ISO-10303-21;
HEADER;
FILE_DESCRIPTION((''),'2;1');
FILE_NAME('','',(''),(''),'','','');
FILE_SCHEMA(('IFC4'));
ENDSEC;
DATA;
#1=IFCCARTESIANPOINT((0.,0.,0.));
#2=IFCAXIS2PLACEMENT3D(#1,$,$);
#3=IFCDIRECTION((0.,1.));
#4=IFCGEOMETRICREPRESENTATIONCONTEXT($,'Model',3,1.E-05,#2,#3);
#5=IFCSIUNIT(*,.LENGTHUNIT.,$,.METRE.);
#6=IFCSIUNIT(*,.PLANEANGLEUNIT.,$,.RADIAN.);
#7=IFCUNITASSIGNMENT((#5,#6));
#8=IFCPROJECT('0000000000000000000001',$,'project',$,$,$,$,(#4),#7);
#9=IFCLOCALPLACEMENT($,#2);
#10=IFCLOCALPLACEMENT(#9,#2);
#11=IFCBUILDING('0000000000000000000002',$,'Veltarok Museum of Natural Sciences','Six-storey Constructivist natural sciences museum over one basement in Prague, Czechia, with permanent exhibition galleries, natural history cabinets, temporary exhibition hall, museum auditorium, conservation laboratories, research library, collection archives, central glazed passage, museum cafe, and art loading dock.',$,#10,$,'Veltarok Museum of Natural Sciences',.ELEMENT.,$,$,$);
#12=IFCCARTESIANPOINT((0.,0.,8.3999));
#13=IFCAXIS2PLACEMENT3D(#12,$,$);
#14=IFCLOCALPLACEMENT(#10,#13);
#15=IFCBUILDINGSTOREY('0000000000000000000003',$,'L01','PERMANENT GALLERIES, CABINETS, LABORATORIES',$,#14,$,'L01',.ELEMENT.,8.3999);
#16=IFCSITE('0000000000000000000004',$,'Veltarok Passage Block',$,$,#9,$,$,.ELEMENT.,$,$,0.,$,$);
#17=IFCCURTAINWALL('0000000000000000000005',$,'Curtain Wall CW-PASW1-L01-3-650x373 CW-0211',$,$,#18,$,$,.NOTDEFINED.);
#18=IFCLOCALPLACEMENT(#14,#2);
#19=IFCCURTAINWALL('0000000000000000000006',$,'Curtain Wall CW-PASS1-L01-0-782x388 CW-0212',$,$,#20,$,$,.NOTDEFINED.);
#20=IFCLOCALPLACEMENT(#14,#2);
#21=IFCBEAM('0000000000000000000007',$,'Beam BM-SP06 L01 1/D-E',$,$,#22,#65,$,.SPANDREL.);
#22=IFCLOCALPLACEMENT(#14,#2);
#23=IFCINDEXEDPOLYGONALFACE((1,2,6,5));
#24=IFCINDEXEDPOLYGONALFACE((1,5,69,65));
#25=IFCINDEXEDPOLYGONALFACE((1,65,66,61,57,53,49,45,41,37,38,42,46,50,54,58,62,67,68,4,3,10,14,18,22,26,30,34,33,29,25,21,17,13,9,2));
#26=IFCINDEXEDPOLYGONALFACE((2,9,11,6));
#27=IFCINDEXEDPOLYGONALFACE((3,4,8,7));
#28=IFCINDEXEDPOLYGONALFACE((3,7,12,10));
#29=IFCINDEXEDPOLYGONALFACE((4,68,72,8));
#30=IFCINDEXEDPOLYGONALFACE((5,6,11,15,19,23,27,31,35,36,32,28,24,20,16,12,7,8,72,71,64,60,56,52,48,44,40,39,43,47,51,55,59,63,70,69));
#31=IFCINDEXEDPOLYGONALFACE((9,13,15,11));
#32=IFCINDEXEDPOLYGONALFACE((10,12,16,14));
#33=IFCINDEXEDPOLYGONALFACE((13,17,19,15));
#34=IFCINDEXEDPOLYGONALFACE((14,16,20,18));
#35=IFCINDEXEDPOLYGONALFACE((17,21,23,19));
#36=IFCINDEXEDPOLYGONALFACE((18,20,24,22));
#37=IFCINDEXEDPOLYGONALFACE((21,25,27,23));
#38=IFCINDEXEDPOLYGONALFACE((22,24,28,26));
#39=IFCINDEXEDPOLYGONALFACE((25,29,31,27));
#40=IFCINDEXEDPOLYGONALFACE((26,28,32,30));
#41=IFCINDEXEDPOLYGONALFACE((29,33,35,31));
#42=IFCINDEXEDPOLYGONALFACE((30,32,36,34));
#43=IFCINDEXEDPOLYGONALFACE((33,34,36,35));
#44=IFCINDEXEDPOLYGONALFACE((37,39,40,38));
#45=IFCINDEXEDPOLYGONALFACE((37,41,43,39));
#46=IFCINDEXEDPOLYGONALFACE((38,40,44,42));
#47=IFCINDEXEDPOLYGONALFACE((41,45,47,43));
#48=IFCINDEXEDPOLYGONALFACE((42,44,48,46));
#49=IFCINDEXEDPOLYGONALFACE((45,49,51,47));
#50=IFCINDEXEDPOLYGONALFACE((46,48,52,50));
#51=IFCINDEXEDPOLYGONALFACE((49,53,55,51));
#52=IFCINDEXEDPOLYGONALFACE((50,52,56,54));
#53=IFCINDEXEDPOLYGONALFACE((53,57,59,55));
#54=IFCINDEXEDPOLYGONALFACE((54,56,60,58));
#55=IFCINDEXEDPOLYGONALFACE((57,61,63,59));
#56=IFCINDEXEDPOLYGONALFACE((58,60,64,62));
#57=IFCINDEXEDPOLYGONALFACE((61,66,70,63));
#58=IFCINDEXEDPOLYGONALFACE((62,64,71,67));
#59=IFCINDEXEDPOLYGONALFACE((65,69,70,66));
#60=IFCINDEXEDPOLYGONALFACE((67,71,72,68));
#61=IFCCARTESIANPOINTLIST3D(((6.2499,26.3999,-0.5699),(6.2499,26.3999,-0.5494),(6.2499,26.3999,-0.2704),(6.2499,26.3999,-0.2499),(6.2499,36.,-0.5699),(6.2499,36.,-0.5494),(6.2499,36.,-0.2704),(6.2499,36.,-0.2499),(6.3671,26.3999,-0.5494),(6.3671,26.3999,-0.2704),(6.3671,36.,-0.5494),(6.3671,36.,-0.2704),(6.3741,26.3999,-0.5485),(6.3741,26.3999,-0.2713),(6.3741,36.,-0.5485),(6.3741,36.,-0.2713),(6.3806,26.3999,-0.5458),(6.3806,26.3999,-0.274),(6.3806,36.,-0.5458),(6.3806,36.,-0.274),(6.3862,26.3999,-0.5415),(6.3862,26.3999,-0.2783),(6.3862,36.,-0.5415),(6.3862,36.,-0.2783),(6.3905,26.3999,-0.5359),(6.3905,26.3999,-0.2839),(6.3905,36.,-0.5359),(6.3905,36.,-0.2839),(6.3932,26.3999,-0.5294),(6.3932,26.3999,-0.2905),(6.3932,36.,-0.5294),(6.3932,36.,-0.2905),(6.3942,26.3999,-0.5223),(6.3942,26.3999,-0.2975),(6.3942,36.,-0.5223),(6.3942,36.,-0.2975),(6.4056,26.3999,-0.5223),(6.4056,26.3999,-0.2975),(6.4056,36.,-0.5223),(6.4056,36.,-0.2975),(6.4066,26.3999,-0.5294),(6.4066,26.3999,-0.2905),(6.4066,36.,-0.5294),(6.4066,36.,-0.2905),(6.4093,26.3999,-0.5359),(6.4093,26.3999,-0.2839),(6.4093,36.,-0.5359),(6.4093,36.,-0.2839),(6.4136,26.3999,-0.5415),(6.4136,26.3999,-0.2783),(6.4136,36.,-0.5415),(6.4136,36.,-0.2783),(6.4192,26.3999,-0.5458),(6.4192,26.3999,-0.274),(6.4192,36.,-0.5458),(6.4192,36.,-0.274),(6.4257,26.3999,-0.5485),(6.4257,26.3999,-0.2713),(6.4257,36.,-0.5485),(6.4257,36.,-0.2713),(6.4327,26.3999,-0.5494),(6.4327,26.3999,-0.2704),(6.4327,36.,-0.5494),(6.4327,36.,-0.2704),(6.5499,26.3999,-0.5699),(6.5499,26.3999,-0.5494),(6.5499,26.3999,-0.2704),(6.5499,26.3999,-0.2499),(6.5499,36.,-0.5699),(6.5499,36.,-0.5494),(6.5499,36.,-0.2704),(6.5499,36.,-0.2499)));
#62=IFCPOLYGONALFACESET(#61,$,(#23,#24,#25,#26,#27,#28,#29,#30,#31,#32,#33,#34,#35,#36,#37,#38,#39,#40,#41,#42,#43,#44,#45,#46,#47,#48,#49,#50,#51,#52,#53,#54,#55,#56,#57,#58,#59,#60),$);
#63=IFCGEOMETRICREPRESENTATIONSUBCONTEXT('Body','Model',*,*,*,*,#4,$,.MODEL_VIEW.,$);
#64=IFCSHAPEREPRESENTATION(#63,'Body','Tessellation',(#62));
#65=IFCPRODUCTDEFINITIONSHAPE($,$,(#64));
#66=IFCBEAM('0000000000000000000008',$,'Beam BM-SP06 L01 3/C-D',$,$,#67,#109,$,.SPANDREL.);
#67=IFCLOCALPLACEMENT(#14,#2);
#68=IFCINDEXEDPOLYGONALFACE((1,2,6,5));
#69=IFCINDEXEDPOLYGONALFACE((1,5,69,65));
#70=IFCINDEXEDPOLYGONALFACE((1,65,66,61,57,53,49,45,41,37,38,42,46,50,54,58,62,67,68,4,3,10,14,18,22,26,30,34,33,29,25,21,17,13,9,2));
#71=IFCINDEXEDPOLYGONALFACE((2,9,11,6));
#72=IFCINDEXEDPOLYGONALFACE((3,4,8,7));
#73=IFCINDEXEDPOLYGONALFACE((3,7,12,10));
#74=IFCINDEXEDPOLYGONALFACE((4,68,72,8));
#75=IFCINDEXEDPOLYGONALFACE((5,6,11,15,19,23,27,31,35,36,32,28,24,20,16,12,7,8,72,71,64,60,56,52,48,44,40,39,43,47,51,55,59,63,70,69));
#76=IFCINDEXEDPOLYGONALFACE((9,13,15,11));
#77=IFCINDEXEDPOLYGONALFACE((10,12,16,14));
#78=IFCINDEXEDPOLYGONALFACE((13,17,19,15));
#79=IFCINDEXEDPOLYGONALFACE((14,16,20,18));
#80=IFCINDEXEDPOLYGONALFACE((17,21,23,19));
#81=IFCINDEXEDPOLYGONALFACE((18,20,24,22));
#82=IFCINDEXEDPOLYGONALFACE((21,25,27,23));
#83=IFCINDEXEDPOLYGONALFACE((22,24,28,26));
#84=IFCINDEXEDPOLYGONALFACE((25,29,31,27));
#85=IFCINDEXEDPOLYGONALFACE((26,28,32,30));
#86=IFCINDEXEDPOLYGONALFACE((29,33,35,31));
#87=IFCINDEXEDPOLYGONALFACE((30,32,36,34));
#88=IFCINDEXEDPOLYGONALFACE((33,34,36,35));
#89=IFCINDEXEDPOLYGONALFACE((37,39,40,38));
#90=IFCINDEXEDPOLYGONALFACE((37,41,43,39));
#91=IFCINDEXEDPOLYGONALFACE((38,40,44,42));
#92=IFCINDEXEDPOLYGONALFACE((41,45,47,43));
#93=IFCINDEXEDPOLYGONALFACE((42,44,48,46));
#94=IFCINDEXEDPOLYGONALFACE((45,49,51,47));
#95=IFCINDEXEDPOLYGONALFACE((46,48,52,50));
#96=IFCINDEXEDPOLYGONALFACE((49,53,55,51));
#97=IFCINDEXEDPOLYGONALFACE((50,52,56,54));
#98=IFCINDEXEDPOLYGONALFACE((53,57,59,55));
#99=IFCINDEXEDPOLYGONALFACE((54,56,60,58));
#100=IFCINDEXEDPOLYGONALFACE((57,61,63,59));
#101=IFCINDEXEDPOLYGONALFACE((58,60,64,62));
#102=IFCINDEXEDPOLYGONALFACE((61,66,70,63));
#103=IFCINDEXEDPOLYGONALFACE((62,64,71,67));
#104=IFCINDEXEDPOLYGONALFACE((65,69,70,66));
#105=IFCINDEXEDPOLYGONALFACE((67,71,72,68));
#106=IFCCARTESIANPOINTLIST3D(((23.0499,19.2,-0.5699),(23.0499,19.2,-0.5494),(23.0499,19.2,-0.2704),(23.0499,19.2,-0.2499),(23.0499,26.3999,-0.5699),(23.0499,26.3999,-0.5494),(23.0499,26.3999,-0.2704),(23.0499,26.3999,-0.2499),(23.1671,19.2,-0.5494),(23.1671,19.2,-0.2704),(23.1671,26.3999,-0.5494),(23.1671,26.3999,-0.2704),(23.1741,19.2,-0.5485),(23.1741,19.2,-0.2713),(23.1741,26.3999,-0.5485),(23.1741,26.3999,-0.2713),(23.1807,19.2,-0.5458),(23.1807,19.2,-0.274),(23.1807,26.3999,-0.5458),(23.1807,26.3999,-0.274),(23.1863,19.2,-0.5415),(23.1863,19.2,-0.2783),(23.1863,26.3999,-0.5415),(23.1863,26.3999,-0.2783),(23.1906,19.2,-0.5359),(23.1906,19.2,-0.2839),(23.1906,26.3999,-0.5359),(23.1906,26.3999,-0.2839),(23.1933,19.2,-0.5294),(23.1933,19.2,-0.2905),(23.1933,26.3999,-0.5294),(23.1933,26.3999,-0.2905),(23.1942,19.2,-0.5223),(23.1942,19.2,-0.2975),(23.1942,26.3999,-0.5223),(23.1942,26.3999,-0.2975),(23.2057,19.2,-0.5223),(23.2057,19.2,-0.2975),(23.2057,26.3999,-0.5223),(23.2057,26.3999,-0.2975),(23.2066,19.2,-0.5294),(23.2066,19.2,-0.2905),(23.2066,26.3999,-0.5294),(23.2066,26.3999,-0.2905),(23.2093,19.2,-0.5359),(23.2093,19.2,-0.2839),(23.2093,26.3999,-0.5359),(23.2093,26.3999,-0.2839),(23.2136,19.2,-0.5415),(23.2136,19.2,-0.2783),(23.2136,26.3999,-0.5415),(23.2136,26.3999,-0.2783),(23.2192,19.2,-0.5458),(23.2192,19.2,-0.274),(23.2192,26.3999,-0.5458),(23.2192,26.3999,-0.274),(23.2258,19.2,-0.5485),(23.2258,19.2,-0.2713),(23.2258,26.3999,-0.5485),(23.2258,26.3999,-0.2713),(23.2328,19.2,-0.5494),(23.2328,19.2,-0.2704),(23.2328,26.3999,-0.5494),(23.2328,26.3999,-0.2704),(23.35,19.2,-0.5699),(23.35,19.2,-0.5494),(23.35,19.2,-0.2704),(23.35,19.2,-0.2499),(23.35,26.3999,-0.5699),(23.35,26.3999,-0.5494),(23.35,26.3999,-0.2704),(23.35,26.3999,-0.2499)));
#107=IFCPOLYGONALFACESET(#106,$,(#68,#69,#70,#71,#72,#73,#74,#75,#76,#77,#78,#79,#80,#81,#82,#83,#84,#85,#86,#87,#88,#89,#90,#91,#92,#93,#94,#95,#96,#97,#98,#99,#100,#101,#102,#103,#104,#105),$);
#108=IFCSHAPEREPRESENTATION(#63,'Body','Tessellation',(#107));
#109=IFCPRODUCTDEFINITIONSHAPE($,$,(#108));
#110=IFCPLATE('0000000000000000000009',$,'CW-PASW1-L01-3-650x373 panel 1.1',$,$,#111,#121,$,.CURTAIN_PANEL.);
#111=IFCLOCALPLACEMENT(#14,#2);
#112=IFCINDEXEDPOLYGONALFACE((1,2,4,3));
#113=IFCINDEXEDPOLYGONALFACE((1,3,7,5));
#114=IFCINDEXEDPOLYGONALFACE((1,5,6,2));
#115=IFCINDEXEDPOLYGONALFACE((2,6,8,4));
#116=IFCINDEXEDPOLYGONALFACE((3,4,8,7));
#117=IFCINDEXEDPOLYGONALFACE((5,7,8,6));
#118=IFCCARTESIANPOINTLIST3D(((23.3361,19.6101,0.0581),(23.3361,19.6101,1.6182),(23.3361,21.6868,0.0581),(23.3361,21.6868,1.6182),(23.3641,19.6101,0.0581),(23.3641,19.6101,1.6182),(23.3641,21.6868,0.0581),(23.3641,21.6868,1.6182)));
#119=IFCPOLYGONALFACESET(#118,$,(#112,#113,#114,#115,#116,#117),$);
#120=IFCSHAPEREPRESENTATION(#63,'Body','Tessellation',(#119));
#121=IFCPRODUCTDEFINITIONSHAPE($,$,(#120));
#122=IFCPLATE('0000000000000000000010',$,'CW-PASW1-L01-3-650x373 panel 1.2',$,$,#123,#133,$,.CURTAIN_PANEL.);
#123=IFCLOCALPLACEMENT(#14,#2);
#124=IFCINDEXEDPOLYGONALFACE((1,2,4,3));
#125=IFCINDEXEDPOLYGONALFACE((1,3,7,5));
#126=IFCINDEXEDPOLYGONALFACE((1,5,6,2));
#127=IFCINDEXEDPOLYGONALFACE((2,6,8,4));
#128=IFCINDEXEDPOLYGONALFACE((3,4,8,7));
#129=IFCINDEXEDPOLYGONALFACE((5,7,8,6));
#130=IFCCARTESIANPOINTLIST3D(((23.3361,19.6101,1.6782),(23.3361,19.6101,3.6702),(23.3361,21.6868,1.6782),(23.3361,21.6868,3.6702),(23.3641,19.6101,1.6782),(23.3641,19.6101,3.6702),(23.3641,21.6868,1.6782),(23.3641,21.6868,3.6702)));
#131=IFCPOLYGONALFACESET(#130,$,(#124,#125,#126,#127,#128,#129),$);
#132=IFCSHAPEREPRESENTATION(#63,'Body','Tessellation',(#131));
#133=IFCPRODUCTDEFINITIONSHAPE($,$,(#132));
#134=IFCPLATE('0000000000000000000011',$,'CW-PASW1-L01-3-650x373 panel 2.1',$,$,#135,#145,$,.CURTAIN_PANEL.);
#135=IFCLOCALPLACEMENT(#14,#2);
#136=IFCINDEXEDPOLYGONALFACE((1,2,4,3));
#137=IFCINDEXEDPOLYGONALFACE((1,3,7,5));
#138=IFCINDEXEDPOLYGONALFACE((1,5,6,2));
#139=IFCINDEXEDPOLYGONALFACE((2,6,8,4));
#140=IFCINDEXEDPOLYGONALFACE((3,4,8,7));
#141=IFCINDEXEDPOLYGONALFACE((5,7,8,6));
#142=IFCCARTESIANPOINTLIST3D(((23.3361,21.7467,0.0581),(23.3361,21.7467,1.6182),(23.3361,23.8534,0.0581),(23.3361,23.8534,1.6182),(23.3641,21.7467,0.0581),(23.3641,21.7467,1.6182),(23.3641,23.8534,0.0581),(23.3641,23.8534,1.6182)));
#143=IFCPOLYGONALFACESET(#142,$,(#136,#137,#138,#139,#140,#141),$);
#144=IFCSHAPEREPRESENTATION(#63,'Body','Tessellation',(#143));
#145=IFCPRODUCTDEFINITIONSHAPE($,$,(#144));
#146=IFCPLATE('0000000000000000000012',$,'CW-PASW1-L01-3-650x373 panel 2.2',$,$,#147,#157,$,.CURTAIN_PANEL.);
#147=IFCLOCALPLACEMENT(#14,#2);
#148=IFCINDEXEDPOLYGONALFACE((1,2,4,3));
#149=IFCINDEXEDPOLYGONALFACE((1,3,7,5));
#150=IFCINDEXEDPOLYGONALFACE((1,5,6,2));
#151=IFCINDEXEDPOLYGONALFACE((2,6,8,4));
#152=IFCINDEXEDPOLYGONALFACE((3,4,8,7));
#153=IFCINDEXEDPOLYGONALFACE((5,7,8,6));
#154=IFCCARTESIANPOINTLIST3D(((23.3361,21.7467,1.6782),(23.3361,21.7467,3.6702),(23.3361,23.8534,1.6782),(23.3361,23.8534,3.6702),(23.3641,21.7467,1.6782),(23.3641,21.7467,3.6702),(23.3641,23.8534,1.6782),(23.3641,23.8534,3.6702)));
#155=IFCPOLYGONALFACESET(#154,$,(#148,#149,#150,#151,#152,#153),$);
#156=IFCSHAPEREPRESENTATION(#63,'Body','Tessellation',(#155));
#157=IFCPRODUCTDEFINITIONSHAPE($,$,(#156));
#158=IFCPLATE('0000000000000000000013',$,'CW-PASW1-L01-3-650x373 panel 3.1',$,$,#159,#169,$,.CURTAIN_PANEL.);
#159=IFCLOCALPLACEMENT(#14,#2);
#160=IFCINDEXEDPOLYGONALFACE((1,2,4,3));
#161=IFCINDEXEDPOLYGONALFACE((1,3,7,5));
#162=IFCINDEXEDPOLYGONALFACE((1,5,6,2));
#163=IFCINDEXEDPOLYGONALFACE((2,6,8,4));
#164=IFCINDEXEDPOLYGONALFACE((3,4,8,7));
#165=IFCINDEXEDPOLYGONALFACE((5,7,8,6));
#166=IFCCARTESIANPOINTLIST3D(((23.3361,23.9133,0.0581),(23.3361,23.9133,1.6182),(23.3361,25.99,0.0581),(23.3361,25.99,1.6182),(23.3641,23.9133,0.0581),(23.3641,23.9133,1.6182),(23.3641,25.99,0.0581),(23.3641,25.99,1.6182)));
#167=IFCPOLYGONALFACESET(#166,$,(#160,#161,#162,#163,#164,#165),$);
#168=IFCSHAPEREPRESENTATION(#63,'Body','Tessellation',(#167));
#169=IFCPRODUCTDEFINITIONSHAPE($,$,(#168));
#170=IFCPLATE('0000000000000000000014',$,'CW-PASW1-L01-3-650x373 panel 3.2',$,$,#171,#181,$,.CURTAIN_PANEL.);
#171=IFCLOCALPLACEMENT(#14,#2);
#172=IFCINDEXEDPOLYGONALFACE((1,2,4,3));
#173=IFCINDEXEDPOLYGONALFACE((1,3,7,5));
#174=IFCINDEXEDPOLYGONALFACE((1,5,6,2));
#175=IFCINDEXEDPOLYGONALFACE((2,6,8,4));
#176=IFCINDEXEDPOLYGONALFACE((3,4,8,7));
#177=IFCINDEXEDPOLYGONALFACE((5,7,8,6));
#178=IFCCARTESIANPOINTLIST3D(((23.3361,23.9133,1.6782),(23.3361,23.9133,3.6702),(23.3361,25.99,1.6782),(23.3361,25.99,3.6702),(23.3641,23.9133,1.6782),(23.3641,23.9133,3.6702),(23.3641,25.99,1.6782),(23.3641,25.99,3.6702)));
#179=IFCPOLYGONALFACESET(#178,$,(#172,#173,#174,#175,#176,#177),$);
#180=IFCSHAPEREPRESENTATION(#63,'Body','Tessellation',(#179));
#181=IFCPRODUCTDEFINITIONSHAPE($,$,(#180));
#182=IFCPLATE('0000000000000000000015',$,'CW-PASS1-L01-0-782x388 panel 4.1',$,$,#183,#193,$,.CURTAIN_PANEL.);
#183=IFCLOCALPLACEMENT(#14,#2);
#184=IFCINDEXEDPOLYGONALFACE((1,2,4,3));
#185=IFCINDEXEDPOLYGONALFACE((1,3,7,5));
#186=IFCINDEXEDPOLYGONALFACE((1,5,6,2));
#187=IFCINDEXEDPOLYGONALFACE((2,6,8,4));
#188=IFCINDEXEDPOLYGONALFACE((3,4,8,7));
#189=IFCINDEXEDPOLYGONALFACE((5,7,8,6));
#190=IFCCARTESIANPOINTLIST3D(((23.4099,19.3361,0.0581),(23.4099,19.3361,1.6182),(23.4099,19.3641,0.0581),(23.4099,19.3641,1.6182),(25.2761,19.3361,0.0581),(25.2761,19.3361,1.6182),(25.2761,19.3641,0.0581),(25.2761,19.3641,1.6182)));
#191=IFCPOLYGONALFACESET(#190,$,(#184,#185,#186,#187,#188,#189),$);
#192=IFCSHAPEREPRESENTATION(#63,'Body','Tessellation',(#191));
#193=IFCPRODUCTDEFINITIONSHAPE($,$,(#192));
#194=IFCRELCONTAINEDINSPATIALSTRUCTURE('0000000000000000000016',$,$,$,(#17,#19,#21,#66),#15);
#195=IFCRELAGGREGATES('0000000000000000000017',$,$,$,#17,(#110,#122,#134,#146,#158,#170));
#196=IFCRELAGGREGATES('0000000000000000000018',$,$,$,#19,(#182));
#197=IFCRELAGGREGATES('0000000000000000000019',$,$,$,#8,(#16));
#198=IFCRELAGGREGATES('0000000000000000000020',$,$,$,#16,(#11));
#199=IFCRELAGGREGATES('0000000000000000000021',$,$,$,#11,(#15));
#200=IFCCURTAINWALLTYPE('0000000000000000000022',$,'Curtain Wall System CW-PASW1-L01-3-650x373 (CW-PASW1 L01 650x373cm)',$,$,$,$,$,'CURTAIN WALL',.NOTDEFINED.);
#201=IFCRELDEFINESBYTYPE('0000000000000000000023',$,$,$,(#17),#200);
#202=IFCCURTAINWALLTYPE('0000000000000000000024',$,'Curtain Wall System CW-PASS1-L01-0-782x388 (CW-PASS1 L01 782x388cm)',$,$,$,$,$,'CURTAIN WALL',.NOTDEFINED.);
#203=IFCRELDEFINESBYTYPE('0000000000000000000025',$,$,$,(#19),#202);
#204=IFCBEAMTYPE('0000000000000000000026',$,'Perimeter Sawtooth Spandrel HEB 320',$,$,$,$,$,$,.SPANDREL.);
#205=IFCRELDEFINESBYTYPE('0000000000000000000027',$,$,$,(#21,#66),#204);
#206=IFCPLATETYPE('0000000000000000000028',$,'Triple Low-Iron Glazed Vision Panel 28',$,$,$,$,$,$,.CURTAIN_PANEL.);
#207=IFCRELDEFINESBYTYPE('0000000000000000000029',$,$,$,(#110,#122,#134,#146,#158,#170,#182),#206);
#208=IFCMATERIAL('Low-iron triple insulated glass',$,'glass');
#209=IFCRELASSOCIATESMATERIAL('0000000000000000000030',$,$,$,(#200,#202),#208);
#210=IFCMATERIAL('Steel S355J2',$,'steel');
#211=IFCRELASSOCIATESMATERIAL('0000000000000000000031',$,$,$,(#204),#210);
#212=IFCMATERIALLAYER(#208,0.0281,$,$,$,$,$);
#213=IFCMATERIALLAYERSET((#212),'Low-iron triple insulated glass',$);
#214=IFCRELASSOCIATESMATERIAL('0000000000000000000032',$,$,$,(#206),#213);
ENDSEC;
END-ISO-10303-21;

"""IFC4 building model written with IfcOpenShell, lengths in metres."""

from ifc_helpers import new_model, si_unit, direction, frame, origin, origin_2d, place, context, subcontext, project, spatial, rectangle, i_section, extrude, material, layer, layer_set, material_profile, profile_set, type_object, element, aggregate, save


model = new_model("IFC4")

# Units and contexts
model_context = context("Model", 3, precision=1e-05, world=origin(), true_north=direction((0.0, 1.0)))
body_context = subcontext(model_context, "Body", "Model", "MODEL_VIEW")
ifc_project = project(units=[si_unit("LENGTHUNIT", "METRE"), si_unit("PLANEANGLEUNIT", "RADIAN")], contexts=[model_context])

# Site, building, storey
site_placement = place(None, origin())
site = spatial("IfcSite", under=ifc_project, at=site_placement, Name="Veltarok Passage Block", CompositionType="ELEMENT", RefElevation=0.0)
building_placement = place(site_placement, origin())
building = spatial("IfcBuilding", under=site, at=building_placement, Name="Veltarok Museum of Natural Sciences", Description="Six-storey Constructivist natural sciences museum over one basement in Prague, Czechia, with permanent exhibition galleries, natural history cabinets, temporary exhibition hall, museum auditorium, conservation laboratories, research library, collection archives, central glazed passage, museum cafe, and art loading dock.", LongName="Veltarok Museum of Natural Sciences", CompositionType="ELEMENT")
storey_placement = place(building_placement, frame((0.0, 0.0, 8.3999)))
storey = spatial("IfcBuildingStorey", under=building, at=storey_placement, Name="L01", Description="PERMANENT GALLERIES, CABINETS, LABORATORIES", LongName="L01", CompositionType="ELEMENT", Elevation=8.3999)

# Shared definitions
ifc_material_1 = material(Name="Steel S355J2", Category="steel")

# Curtain walls
ifc_material_2 = material(Name="Low-iron triple insulated glass", Category="glass")
curtain_wall_type_1 = type_object("IfcCurtainWallType", Name="Curtain Wall System CW-PASW1-L01-3-650x373 (CW-PASW1 L01 650x373cm)", ElementType="CURTAIN WALL", PredefinedType="NOTDEFINED", material=ifc_material_2)
curtain_wall_1_placement = place(storey_placement, origin())
curtain_wall_1 = element("IfcCurtainWall", 1, at=curtain_wall_1_placement, inside=storey, type_object=curtain_wall_type_1, Name="Curtain Wall CW-PASW1-L01-3-650x373 CW-0211", PredefinedType="NOTDEFINED")
curtain_wall_type_2 = type_object("IfcCurtainWallType", Name="Curtain Wall System CW-PASS1-L01-0-782x388 (CW-PASS1 L01 782x388cm)", ElementType="CURTAIN WALL", PredefinedType="NOTDEFINED", material=ifc_material_2)
curtain_wall_2_placement = place(storey_placement, origin())
curtain_wall_2 = element("IfcCurtainWall", 2, at=curtain_wall_2_placement, inside=storey, type_object=curtain_wall_type_2, Name="Curtain Wall CW-PASS1-L01-0-782x388 CW-0212", PredefinedType="NOTDEFINED")

# Beams
ifc_material_profile_1 = material_profile(ifc_material_1, i_section(OverallWidth=0.3, OverallDepth=0.3201, WebThickness=0.0115, FlangeThickness=0.0205, FilletRadius=0.0271, at=origin_2d()), Name="HEB 320")
ifc_profile_set_1 = profile_set([ifc_material_profile_1], Name="Steel S355J2")
beam_type = type_object("IfcBeamType", Name="Perimeter Sawtooth Spandrel HEB 320", PredefinedType="SPANDREL", material=ifc_profile_set_1)
beam_1_placement = place(storey_placement, frame((6.3999, 26.3999, -0.4099), z_axis=(0.0, 1.0, 0.0), x_axis=(-1.0, 0.0, 0.0)))
element("IfcBeam", 3, at=beam_1_placement, inside=storey, type_object=beam_type, Name="Beam BM-SP06 L01 1/D-E", PredefinedType="SPANDREL", context=body_context, shape_type="SweptSolid", body=[
    extrude(i_section(OverallWidth=0.3, OverallDepth=0.3201, WebThickness=0.0115, FlangeThickness=0.0205, FilletRadius=0.0271, at=origin_2d()), origin(), (0.0, 0.0, 1.0), 9.6001),
])
beam_2_placement = place(storey_placement, frame((23.2, 19.2, -0.4099), z_axis=(0.0, 1.0, 0.0), x_axis=(-1.0, 0.0, 0.0)))
element("IfcBeam", 4, at=beam_2_placement, inside=storey, type_object=beam_type, Name="Beam BM-SP06 L01 3/C-D", PredefinedType="SPANDREL", context=body_context, shape_type="SweptSolid", body=[
    extrude(i_section(OverallWidth=0.3, OverallDepth=0.3201, WebThickness=0.0115, FlangeThickness=0.0205, FilletRadius=0.0271, at=origin_2d()), origin(), (0.0, 0.0, 1.0), 7.2),
])

# Plates
ifc_layer = layer(ifc_material_2, 0.0281)
ifc_layer_set = layer_set([ifc_layer], Name="Low-iron triple insulated glass")
plate_type = type_object("IfcPlateType", Name="Triple Low-Iron Glazed Vision Panel 28", PredefinedType="CURTAIN_PANEL", material=ifc_layer_set)
plate_1_placement = place(storey_placement, frame((23.3501, 20.6484, 0.0581), z_axis=(0.0, 0.0, 1.0), x_axis=(0.0, 1.0, 0.0)))
plate_1 = element("IfcPlate", 5, at=plate_1_placement, type_object=plate_type, Name="CW-PASW1-L01-3-650x373 panel 1.1", PredefinedType="CURTAIN_PANEL", context=body_context, shape_type="SweptSolid", body=[
    extrude(rectangle(XDim=2.0767, YDim=0.0281, at=origin_2d()), origin(), (0.0, 0.0, 1.0), 1.5601),
])
plate_2_placement = place(storey_placement, frame((23.3501, 20.6484, 1.6782), z_axis=(0.0, 0.0, 1.0), x_axis=(0.0, 1.0, 0.0)))
plate_2 = element("IfcPlate", 6, at=plate_2_placement, type_object=plate_type, Name="CW-PASW1-L01-3-650x373 panel 1.2", PredefinedType="CURTAIN_PANEL", context=body_context, shape_type="SweptSolid", body=[
    extrude(rectangle(XDim=2.0767, YDim=0.0281, at=origin_2d()), origin(), (0.0, 0.0, 1.0), 1.9919),
])
plate_3_placement = place(storey_placement, frame((23.3501, 22.8, 0.0581), z_axis=(0.0, 0.0, 1.0), x_axis=(0.0, 1.0, 0.0)))
plate_3 = element("IfcPlate", 7, at=plate_3_placement, type_object=plate_type, Name="CW-PASW1-L01-3-650x373 panel 2.1", PredefinedType="CURTAIN_PANEL", context=body_context, shape_type="SweptSolid", body=[
    extrude(rectangle(XDim=2.1067, YDim=0.0281, at=origin_2d()), origin(), (0.0, 0.0, 1.0), 1.5601),
])
plate_4_placement = place(storey_placement, frame((23.3501, 22.8, 1.6782), z_axis=(0.0, 0.0, 1.0), x_axis=(0.0, 1.0, 0.0)))
plate_4 = element("IfcPlate", 8, at=plate_4_placement, type_object=plate_type, Name="CW-PASW1-L01-3-650x373 panel 2.2", PredefinedType="CURTAIN_PANEL", context=body_context, shape_type="SweptSolid", body=[
    extrude(rectangle(XDim=2.1067, YDim=0.0281, at=origin_2d()), origin(), (0.0, 0.0, 1.0), 1.9919),
])
plate_5_placement = place(storey_placement, frame((23.3501, 24.9517, 0.0581), z_axis=(0.0, 0.0, 1.0), x_axis=(0.0, 1.0, 0.0)))
plate_5 = element("IfcPlate", 9, at=plate_5_placement, type_object=plate_type, Name="CW-PASW1-L01-3-650x373 panel 3.1", PredefinedType="CURTAIN_PANEL", context=body_context, shape_type="SweptSolid", body=[
    extrude(rectangle(XDim=2.0767, YDim=0.0281, at=origin_2d()), origin(), (0.0, 0.0, 1.0), 1.5601),
])
plate_6_placement = place(storey_placement, frame((23.3501, 24.9517, 1.6782), z_axis=(0.0, 0.0, 1.0), x_axis=(0.0, 1.0, 0.0)))
plate_6 = element("IfcPlate", 10, at=plate_6_placement, type_object=plate_type, Name="CW-PASW1-L01-3-650x373 panel 3.2", PredefinedType="CURTAIN_PANEL", context=body_context, shape_type="SweptSolid", body=[
    extrude(rectangle(XDim=2.0767, YDim=0.0281, at=origin_2d()), origin(), (0.0, 0.0, 1.0), 1.9919),
])
aggregate(curtain_wall_1, [plate_1, plate_2, plate_3, plate_4, plate_5, plate_6])
plate_7_placement = place(storey_placement, frame((24.343, 19.3501, 0.0581), z_axis=(0.0, 0.0, 1.0), x_axis=(-1.0, 0.0, 0.0)))
plate_7 = element("IfcPlate", 11, at=plate_7_placement, type_object=plate_type, Name="CW-PASS1-L01-0-782x388 panel 4.1", PredefinedType="CURTAIN_PANEL", context=body_context, shape_type="SweptSolid", body=[
    extrude(rectangle(XDim=1.8662, YDim=0.0281, at=origin_2d()), origin(), (0.0, 0.0, 1.0), 1.5601),
])
aggregate(curtain_wall_2, [plate_7])

save(model, "model.ifc")
